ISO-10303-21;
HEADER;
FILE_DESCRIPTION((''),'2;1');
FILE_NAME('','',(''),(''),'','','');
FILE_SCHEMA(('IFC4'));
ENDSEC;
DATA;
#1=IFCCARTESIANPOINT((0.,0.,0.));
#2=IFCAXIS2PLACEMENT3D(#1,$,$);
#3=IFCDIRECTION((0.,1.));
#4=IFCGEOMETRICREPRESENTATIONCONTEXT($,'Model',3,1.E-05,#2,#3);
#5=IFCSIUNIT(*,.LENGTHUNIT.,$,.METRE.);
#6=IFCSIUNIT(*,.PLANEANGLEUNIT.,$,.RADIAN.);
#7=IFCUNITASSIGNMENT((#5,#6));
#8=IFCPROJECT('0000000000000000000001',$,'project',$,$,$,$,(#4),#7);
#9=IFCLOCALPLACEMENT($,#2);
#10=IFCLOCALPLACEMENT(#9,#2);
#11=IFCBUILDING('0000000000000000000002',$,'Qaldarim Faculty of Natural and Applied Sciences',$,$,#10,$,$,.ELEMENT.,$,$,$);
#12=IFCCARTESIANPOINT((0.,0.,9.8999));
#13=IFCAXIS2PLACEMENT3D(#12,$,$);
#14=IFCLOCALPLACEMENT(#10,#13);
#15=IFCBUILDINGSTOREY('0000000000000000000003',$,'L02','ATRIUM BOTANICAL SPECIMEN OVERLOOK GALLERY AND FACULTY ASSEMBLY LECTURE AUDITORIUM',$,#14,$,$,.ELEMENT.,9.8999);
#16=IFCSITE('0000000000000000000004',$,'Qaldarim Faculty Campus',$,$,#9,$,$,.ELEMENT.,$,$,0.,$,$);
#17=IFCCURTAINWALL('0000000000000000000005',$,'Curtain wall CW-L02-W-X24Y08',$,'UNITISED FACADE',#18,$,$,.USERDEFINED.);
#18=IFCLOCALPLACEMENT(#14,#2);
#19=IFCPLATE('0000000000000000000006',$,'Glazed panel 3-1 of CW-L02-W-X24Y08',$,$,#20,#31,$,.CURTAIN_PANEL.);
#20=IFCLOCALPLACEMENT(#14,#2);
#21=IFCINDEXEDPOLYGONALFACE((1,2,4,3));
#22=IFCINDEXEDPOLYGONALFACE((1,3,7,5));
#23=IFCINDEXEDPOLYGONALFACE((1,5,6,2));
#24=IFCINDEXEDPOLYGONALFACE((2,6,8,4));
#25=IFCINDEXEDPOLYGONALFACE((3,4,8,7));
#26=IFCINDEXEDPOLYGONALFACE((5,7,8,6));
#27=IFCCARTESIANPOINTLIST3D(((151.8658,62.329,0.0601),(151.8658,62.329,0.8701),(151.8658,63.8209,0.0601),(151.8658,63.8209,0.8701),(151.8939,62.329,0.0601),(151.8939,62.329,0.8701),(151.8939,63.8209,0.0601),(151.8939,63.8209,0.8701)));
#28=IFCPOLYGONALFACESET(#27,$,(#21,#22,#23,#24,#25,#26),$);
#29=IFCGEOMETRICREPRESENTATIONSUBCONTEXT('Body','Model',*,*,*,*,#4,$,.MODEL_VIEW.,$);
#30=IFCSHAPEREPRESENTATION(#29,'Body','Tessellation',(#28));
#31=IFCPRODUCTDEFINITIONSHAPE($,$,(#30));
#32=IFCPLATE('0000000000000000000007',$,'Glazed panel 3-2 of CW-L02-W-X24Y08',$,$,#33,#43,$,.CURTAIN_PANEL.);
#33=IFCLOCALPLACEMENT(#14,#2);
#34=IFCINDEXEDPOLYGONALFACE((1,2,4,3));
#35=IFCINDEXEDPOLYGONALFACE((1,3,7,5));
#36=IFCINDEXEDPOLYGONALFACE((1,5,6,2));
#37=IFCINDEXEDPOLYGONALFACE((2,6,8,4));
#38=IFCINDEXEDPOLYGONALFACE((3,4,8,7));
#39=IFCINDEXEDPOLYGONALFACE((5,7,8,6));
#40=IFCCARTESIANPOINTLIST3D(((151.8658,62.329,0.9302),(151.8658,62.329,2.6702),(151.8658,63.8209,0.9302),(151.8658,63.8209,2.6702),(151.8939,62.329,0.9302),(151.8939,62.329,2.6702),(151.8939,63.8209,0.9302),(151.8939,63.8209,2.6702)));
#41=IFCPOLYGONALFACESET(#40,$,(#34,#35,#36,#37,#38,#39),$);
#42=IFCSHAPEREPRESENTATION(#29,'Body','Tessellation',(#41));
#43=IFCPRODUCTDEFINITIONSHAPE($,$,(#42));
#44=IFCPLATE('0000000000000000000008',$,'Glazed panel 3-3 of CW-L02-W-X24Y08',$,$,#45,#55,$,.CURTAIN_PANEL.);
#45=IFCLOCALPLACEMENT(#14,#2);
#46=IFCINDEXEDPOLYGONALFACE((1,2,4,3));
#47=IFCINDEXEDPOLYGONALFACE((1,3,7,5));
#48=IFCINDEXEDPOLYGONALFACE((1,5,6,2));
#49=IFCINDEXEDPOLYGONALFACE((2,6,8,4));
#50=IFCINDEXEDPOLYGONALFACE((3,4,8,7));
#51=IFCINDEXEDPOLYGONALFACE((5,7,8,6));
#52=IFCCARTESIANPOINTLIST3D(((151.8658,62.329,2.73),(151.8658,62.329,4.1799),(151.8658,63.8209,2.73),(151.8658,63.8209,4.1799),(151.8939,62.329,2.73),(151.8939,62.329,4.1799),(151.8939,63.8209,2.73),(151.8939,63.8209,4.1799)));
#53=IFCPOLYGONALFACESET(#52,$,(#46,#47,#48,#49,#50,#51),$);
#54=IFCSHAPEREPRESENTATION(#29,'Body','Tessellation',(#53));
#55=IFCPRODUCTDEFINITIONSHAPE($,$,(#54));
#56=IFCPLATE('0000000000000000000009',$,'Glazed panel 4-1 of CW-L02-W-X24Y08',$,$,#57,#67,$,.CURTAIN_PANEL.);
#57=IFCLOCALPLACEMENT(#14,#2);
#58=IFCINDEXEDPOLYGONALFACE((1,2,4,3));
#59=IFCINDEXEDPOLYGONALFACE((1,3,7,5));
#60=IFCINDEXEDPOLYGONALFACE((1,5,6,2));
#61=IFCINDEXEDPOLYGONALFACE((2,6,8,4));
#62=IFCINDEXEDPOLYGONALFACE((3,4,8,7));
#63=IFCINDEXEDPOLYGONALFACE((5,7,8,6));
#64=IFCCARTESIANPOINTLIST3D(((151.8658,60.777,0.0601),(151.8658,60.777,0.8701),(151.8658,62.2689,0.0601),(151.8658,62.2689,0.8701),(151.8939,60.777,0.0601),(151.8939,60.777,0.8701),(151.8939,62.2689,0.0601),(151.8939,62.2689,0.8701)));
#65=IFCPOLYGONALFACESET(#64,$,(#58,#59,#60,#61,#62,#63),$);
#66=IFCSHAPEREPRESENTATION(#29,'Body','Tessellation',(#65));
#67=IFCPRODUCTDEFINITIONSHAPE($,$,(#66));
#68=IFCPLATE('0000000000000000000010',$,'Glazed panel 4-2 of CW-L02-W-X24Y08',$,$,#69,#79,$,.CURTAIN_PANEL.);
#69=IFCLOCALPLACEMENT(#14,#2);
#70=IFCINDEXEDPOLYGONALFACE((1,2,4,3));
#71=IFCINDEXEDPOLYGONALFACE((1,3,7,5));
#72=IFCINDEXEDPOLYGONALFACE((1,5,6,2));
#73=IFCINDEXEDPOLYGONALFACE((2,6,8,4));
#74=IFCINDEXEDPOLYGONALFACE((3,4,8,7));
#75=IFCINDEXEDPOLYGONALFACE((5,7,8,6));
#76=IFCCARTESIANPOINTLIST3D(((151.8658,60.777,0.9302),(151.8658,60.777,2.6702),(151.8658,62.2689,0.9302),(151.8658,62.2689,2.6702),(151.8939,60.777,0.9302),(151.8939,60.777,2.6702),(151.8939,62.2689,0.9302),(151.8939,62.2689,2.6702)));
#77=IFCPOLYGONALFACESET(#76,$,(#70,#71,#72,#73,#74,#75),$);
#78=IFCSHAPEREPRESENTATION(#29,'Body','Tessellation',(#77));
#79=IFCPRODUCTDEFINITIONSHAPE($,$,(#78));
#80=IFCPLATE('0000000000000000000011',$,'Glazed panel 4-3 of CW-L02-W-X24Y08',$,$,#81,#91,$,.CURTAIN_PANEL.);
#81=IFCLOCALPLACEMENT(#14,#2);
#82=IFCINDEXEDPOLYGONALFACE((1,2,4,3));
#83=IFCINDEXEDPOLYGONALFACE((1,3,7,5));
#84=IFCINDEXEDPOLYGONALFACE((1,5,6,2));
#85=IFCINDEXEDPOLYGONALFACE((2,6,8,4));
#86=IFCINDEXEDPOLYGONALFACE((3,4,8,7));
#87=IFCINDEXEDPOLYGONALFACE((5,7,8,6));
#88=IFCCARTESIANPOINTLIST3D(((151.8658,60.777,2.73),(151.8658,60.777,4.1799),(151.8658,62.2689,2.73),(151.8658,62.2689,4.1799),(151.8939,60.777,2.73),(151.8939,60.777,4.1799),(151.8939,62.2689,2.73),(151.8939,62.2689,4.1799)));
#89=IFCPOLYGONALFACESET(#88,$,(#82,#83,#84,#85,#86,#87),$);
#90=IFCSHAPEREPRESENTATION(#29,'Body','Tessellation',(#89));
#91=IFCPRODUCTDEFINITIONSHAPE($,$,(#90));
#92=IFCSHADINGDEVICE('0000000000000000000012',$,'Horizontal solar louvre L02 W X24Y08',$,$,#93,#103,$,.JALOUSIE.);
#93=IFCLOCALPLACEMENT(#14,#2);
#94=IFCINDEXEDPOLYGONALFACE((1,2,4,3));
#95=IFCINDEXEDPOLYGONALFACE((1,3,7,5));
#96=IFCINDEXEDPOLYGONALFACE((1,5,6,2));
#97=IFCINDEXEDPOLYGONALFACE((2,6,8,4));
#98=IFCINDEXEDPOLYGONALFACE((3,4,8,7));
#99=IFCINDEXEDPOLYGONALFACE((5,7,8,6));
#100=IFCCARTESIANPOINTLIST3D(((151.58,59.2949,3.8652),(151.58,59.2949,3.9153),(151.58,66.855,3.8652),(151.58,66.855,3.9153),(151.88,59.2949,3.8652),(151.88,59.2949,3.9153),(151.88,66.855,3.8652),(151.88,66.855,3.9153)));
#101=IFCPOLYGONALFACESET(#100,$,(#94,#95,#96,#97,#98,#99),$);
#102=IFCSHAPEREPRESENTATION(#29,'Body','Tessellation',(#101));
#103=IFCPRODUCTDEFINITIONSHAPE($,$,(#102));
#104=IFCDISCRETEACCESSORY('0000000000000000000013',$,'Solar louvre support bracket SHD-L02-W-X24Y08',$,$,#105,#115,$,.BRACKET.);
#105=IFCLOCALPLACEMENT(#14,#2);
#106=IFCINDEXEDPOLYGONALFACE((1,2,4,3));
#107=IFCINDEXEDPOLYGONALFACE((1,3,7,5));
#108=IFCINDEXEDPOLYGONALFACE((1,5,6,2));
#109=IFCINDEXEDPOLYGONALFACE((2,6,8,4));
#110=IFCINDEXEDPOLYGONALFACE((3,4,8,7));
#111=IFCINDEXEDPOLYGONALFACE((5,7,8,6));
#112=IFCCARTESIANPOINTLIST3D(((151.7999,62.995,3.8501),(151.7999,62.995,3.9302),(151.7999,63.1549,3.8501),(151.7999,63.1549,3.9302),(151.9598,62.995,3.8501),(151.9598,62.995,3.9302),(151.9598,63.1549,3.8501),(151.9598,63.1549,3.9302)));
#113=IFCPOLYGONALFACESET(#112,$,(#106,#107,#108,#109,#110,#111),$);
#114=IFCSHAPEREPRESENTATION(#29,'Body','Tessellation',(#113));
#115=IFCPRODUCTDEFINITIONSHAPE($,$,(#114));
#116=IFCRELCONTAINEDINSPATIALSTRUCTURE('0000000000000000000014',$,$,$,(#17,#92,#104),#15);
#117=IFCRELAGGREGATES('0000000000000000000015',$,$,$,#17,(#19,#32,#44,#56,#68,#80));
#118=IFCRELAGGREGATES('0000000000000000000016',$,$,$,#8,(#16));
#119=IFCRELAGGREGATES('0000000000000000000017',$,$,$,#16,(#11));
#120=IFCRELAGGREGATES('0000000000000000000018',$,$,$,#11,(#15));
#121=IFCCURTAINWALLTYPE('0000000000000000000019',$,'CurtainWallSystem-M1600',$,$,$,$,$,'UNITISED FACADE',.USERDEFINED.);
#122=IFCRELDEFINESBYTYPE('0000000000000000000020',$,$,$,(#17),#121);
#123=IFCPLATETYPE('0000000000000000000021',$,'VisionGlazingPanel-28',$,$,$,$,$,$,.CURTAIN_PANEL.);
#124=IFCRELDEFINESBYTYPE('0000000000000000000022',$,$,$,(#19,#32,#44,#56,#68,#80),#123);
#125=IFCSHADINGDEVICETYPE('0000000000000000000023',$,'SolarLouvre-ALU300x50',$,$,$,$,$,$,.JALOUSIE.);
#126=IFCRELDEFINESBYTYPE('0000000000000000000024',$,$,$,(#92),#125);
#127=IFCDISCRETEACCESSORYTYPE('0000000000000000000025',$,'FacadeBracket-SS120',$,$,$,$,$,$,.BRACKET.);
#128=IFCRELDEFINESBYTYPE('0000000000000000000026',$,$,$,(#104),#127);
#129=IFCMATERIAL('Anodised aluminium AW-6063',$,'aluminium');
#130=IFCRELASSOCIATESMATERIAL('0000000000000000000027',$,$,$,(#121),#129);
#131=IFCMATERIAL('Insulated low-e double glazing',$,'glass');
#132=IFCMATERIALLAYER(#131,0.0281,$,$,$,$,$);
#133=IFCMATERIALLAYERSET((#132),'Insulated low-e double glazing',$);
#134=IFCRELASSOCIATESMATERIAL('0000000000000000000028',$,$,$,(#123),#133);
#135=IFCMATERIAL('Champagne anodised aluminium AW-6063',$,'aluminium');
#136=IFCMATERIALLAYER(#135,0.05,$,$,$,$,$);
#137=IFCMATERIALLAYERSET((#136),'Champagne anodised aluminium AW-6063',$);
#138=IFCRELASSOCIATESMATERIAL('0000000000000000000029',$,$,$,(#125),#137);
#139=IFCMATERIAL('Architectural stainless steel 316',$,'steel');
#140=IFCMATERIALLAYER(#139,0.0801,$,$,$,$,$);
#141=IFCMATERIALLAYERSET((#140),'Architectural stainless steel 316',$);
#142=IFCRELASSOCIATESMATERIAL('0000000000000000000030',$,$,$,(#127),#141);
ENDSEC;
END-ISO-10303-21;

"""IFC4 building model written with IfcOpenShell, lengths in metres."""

from ifc_helpers import new_model, si_unit, direction, frame, origin, origin_2d, place, context, subcontext, project, spatial, rectangle, extrude, material, layer, layer_set, type_object, element, aggregate, save


model = new_model("IFC4")

# Units and contexts
model_context = context("Model", 3, precision=1e-05, world=origin(), true_north=direction((0.0, 1.0)))
body_context = subcontext(model_context, "Body", "Model", "MODEL_VIEW")
ifc_project = project(units=[si_unit("LENGTHUNIT", "METRE"), si_unit("PLANEANGLEUNIT", "RADIAN")], contexts=[model_context])

# Site, building, storey
site_placement = place(None, origin())
site = spatial("IfcSite", under=ifc_project, at=site_placement, Name="Qaldarim Faculty Campus", CompositionType="ELEMENT", RefElevation=0.0)
building_placement = place(site_placement, origin())
building = spatial("IfcBuilding", under=site, at=building_placement, Name="Qaldarim Faculty of Natural and Applied Sciences", CompositionType="ELEMENT")
storey_placement = place(building_placement, frame((0.0, 0.0, 9.8999)))
storey = spatial("IfcBuildingStorey", under=building, at=storey_placement, Name="L02", Description="ATRIUM BOTANICAL SPECIMEN OVERLOOK GALLERY AND FACULTY ASSEMBLY LECTURE AUDITORIUM", CompositionType="ELEMENT", Elevation=9.8999)

# Curtain wall, plates
ifc_material_1 = material(Name="Anodised aluminium AW-6063", Category="aluminium")
curtain_wall_type = type_object("IfcCurtainWallType", Name="CurtainWallSystem-M1600", ElementType="UNITISED FACADE", PredefinedType="USERDEFINED", material=ifc_material_1)
curtain_wall_placement = place(storey_placement, origin())
curtain_wall = element("IfcCurtainWall", 1, at=curtain_wall_placement, inside=storey, type_object=curtain_wall_type, Name="Curtain wall CW-L02-W-X24Y08", ObjectType="UNITISED FACADE", PredefinedType="USERDEFINED")
ifc_material_2 = material(Name="Insulated low-e double glazing", Category="glass")
ifc_layer_1 = layer(ifc_material_2, 0.0281)
ifc_layer_set_1 = layer_set([ifc_layer_1], Name="Insulated low-e double glazing")
plate_type = type_object("IfcPlateType", Name="VisionGlazingPanel-28", PredefinedType="CURTAIN_PANEL", material=ifc_layer_set_1)
plate_1_placement = place(storey_placement, frame((151.8799, 63.075, 0.0601), z_axis=(0.0, 0.0, 1.0), x_axis=(0.0, -1.0, 0.0)))
plate_1 = element("IfcPlate", 2, at=plate_1_placement, type_object=plate_type, Name="Glazed panel 3-1 of CW-L02-W-X24Y08", PredefinedType="CURTAIN_PANEL", context=body_context, shape_type="SweptSolid", body=[
    extrude(rectangle(XDim=1.4919, YDim=0.0281, at=origin_2d()), origin(), (0.0, 0.0, 1.0), 0.8101),
])
plate_2_placement = place(storey_placement, frame((151.8799, 63.075, 0.9302), z_axis=(0.0, 0.0, 1.0), x_axis=(0.0, -1.0, 0.0)))
plate_2 = element("IfcPlate", 3, at=plate_2_placement, type_object=plate_type, Name="Glazed panel 3-2 of CW-L02-W-X24Y08", PredefinedType="CURTAIN_PANEL", context=body_context, shape_type="SweptSolid", body=[
    extrude(rectangle(XDim=1.4919, YDim=0.0281, at=origin_2d()), origin(), (0.0, 0.0, 1.0), 1.74),
])
plate_3_placement = place(storey_placement, frame((151.8799, 63.075, 2.73), z_axis=(0.0, 0.0, 1.0), x_axis=(0.0, -1.0, 0.0)))
plate_3 = element("IfcPlate", 4, at=plate_3_placement, type_object=plate_type, Name="Glazed panel 3-3 of CW-L02-W-X24Y08", PredefinedType="CURTAIN_PANEL", context=body_context, shape_type="SweptSolid", body=[
    extrude(rectangle(XDim=1.4919, YDim=0.0281, at=origin_2d()), origin(), (0.0, 0.0, 1.0), 1.45),
])
plate_4_placement = place(storey_placement, frame((151.8799, 61.5229, 0.0601), z_axis=(0.0, 0.0, 1.0), x_axis=(0.0, -1.0, 0.0)))
plate_4 = element("IfcPlate", 5, at=plate_4_placement, type_object=plate_type, Name="Glazed panel 4-1 of CW-L02-W-X24Y08", PredefinedType="CURTAIN_PANEL", context=body_context, shape_type="SweptSolid", body=[
    extrude(rectangle(XDim=1.4919, YDim=0.0281, at=origin_2d()), origin(), (0.0, 0.0, 1.0), 0.8101),
])
plate_5_placement = place(storey_placement, frame((151.8799, 61.5229, 0.9302), z_axis=(0.0, 0.0, 1.0), x_axis=(0.0, -1.0, 0.0)))
plate_5 = element("IfcPlate", 6, at=plate_5_placement, type_object=plate_type, Name="Glazed panel 4-2 of CW-L02-W-X24Y08", PredefinedType="CURTAIN_PANEL", context=body_context, shape_type="SweptSolid", body=[
    extrude(rectangle(XDim=1.4919, YDim=0.0281, at=origin_2d()), origin(), (0.0, 0.0, 1.0), 1.74),
])
plate_6_placement = place(storey_placement, frame((151.8799, 61.5229, 2.73), z_axis=(0.0, 0.0, 1.0), x_axis=(0.0, -1.0, 0.0)))
plate_6 = element("IfcPlate", 7, at=plate_6_placement, type_object=plate_type, Name="Glazed panel 4-3 of CW-L02-W-X24Y08", PredefinedType="CURTAIN_PANEL", context=body_context, shape_type="SweptSolid", body=[
    extrude(rectangle(XDim=1.4919, YDim=0.0281, at=origin_2d()), origin(), (0.0, 0.0, 1.0), 1.45),
])
aggregate(curtain_wall, [plate_1, plate_2, plate_3, plate_4, plate_5, plate_6])

# Shading device
ifc_material_3 = material(Name="Champagne anodised aluminium AW-6063", Category="aluminium")
ifc_layer_2 = layer(ifc_material_3, 0.05)
ifc_layer_set_2 = layer_set([ifc_layer_2], Name="Champagne anodised aluminium AW-6063")
shading_device_type = type_object("IfcShadingDeviceType", Name="SolarLouvre-ALU300x50", PredefinedType="JALOUSIE", material=ifc_layer_set_2)
shading_device_placement = place(storey_placement, frame((151.73, 63.075, 3.8652), z_axis=(0.0, 0.0, 1.0), x_axis=(0.0, 1.0, 0.0)))
element("IfcShadingDevice", 8, at=shading_device_placement, inside=storey, type_object=shading_device_type, Name="Horizontal solar louvre L02 W X24Y08", PredefinedType="JALOUSIE", context=body_context, shape_type="SweptSolid", body=[
    extrude(rectangle(XDim=7.5601, YDim=0.3, at=origin_2d()), origin(), (0.0, 0.0, 1.0), 0.05),
])

# Discrete accessory
ifc_material_4 = material(Name="Architectural stainless steel 316", Category="steel")
ifc_layer_3 = layer(ifc_material_4, 0.0801)
ifc_layer_set_3 = layer_set([ifc_layer_3], Name="Architectural stainless steel 316")
discrete_accessory_type = type_object("IfcDiscreteAccessoryType", Name="FacadeBracket-SS120", PredefinedType="BRACKET", material=ifc_layer_set_3)
discrete_accessory_placement = place(storey_placement, frame((151.8799, 63.075, 3.8501), z_axis=(0.0, 0.0, 1.0), x_axis=(0.0, 1.0, 0.0)))
element("IfcDiscreteAccessory", 9, at=discrete_accessory_placement, inside=storey, type_object=discrete_accessory_type, Name="Solar louvre support bracket SHD-L02-W-X24Y08", PredefinedType="BRACKET", context=body_context, shape_type="SweptSolid", body=[
    extrude(rectangle(XDim=0.1599, YDim=0.1599, at=origin_2d()), origin(), (0.0, 0.0, 1.0), 0.0801),
])

save(model, "model.ifc")
